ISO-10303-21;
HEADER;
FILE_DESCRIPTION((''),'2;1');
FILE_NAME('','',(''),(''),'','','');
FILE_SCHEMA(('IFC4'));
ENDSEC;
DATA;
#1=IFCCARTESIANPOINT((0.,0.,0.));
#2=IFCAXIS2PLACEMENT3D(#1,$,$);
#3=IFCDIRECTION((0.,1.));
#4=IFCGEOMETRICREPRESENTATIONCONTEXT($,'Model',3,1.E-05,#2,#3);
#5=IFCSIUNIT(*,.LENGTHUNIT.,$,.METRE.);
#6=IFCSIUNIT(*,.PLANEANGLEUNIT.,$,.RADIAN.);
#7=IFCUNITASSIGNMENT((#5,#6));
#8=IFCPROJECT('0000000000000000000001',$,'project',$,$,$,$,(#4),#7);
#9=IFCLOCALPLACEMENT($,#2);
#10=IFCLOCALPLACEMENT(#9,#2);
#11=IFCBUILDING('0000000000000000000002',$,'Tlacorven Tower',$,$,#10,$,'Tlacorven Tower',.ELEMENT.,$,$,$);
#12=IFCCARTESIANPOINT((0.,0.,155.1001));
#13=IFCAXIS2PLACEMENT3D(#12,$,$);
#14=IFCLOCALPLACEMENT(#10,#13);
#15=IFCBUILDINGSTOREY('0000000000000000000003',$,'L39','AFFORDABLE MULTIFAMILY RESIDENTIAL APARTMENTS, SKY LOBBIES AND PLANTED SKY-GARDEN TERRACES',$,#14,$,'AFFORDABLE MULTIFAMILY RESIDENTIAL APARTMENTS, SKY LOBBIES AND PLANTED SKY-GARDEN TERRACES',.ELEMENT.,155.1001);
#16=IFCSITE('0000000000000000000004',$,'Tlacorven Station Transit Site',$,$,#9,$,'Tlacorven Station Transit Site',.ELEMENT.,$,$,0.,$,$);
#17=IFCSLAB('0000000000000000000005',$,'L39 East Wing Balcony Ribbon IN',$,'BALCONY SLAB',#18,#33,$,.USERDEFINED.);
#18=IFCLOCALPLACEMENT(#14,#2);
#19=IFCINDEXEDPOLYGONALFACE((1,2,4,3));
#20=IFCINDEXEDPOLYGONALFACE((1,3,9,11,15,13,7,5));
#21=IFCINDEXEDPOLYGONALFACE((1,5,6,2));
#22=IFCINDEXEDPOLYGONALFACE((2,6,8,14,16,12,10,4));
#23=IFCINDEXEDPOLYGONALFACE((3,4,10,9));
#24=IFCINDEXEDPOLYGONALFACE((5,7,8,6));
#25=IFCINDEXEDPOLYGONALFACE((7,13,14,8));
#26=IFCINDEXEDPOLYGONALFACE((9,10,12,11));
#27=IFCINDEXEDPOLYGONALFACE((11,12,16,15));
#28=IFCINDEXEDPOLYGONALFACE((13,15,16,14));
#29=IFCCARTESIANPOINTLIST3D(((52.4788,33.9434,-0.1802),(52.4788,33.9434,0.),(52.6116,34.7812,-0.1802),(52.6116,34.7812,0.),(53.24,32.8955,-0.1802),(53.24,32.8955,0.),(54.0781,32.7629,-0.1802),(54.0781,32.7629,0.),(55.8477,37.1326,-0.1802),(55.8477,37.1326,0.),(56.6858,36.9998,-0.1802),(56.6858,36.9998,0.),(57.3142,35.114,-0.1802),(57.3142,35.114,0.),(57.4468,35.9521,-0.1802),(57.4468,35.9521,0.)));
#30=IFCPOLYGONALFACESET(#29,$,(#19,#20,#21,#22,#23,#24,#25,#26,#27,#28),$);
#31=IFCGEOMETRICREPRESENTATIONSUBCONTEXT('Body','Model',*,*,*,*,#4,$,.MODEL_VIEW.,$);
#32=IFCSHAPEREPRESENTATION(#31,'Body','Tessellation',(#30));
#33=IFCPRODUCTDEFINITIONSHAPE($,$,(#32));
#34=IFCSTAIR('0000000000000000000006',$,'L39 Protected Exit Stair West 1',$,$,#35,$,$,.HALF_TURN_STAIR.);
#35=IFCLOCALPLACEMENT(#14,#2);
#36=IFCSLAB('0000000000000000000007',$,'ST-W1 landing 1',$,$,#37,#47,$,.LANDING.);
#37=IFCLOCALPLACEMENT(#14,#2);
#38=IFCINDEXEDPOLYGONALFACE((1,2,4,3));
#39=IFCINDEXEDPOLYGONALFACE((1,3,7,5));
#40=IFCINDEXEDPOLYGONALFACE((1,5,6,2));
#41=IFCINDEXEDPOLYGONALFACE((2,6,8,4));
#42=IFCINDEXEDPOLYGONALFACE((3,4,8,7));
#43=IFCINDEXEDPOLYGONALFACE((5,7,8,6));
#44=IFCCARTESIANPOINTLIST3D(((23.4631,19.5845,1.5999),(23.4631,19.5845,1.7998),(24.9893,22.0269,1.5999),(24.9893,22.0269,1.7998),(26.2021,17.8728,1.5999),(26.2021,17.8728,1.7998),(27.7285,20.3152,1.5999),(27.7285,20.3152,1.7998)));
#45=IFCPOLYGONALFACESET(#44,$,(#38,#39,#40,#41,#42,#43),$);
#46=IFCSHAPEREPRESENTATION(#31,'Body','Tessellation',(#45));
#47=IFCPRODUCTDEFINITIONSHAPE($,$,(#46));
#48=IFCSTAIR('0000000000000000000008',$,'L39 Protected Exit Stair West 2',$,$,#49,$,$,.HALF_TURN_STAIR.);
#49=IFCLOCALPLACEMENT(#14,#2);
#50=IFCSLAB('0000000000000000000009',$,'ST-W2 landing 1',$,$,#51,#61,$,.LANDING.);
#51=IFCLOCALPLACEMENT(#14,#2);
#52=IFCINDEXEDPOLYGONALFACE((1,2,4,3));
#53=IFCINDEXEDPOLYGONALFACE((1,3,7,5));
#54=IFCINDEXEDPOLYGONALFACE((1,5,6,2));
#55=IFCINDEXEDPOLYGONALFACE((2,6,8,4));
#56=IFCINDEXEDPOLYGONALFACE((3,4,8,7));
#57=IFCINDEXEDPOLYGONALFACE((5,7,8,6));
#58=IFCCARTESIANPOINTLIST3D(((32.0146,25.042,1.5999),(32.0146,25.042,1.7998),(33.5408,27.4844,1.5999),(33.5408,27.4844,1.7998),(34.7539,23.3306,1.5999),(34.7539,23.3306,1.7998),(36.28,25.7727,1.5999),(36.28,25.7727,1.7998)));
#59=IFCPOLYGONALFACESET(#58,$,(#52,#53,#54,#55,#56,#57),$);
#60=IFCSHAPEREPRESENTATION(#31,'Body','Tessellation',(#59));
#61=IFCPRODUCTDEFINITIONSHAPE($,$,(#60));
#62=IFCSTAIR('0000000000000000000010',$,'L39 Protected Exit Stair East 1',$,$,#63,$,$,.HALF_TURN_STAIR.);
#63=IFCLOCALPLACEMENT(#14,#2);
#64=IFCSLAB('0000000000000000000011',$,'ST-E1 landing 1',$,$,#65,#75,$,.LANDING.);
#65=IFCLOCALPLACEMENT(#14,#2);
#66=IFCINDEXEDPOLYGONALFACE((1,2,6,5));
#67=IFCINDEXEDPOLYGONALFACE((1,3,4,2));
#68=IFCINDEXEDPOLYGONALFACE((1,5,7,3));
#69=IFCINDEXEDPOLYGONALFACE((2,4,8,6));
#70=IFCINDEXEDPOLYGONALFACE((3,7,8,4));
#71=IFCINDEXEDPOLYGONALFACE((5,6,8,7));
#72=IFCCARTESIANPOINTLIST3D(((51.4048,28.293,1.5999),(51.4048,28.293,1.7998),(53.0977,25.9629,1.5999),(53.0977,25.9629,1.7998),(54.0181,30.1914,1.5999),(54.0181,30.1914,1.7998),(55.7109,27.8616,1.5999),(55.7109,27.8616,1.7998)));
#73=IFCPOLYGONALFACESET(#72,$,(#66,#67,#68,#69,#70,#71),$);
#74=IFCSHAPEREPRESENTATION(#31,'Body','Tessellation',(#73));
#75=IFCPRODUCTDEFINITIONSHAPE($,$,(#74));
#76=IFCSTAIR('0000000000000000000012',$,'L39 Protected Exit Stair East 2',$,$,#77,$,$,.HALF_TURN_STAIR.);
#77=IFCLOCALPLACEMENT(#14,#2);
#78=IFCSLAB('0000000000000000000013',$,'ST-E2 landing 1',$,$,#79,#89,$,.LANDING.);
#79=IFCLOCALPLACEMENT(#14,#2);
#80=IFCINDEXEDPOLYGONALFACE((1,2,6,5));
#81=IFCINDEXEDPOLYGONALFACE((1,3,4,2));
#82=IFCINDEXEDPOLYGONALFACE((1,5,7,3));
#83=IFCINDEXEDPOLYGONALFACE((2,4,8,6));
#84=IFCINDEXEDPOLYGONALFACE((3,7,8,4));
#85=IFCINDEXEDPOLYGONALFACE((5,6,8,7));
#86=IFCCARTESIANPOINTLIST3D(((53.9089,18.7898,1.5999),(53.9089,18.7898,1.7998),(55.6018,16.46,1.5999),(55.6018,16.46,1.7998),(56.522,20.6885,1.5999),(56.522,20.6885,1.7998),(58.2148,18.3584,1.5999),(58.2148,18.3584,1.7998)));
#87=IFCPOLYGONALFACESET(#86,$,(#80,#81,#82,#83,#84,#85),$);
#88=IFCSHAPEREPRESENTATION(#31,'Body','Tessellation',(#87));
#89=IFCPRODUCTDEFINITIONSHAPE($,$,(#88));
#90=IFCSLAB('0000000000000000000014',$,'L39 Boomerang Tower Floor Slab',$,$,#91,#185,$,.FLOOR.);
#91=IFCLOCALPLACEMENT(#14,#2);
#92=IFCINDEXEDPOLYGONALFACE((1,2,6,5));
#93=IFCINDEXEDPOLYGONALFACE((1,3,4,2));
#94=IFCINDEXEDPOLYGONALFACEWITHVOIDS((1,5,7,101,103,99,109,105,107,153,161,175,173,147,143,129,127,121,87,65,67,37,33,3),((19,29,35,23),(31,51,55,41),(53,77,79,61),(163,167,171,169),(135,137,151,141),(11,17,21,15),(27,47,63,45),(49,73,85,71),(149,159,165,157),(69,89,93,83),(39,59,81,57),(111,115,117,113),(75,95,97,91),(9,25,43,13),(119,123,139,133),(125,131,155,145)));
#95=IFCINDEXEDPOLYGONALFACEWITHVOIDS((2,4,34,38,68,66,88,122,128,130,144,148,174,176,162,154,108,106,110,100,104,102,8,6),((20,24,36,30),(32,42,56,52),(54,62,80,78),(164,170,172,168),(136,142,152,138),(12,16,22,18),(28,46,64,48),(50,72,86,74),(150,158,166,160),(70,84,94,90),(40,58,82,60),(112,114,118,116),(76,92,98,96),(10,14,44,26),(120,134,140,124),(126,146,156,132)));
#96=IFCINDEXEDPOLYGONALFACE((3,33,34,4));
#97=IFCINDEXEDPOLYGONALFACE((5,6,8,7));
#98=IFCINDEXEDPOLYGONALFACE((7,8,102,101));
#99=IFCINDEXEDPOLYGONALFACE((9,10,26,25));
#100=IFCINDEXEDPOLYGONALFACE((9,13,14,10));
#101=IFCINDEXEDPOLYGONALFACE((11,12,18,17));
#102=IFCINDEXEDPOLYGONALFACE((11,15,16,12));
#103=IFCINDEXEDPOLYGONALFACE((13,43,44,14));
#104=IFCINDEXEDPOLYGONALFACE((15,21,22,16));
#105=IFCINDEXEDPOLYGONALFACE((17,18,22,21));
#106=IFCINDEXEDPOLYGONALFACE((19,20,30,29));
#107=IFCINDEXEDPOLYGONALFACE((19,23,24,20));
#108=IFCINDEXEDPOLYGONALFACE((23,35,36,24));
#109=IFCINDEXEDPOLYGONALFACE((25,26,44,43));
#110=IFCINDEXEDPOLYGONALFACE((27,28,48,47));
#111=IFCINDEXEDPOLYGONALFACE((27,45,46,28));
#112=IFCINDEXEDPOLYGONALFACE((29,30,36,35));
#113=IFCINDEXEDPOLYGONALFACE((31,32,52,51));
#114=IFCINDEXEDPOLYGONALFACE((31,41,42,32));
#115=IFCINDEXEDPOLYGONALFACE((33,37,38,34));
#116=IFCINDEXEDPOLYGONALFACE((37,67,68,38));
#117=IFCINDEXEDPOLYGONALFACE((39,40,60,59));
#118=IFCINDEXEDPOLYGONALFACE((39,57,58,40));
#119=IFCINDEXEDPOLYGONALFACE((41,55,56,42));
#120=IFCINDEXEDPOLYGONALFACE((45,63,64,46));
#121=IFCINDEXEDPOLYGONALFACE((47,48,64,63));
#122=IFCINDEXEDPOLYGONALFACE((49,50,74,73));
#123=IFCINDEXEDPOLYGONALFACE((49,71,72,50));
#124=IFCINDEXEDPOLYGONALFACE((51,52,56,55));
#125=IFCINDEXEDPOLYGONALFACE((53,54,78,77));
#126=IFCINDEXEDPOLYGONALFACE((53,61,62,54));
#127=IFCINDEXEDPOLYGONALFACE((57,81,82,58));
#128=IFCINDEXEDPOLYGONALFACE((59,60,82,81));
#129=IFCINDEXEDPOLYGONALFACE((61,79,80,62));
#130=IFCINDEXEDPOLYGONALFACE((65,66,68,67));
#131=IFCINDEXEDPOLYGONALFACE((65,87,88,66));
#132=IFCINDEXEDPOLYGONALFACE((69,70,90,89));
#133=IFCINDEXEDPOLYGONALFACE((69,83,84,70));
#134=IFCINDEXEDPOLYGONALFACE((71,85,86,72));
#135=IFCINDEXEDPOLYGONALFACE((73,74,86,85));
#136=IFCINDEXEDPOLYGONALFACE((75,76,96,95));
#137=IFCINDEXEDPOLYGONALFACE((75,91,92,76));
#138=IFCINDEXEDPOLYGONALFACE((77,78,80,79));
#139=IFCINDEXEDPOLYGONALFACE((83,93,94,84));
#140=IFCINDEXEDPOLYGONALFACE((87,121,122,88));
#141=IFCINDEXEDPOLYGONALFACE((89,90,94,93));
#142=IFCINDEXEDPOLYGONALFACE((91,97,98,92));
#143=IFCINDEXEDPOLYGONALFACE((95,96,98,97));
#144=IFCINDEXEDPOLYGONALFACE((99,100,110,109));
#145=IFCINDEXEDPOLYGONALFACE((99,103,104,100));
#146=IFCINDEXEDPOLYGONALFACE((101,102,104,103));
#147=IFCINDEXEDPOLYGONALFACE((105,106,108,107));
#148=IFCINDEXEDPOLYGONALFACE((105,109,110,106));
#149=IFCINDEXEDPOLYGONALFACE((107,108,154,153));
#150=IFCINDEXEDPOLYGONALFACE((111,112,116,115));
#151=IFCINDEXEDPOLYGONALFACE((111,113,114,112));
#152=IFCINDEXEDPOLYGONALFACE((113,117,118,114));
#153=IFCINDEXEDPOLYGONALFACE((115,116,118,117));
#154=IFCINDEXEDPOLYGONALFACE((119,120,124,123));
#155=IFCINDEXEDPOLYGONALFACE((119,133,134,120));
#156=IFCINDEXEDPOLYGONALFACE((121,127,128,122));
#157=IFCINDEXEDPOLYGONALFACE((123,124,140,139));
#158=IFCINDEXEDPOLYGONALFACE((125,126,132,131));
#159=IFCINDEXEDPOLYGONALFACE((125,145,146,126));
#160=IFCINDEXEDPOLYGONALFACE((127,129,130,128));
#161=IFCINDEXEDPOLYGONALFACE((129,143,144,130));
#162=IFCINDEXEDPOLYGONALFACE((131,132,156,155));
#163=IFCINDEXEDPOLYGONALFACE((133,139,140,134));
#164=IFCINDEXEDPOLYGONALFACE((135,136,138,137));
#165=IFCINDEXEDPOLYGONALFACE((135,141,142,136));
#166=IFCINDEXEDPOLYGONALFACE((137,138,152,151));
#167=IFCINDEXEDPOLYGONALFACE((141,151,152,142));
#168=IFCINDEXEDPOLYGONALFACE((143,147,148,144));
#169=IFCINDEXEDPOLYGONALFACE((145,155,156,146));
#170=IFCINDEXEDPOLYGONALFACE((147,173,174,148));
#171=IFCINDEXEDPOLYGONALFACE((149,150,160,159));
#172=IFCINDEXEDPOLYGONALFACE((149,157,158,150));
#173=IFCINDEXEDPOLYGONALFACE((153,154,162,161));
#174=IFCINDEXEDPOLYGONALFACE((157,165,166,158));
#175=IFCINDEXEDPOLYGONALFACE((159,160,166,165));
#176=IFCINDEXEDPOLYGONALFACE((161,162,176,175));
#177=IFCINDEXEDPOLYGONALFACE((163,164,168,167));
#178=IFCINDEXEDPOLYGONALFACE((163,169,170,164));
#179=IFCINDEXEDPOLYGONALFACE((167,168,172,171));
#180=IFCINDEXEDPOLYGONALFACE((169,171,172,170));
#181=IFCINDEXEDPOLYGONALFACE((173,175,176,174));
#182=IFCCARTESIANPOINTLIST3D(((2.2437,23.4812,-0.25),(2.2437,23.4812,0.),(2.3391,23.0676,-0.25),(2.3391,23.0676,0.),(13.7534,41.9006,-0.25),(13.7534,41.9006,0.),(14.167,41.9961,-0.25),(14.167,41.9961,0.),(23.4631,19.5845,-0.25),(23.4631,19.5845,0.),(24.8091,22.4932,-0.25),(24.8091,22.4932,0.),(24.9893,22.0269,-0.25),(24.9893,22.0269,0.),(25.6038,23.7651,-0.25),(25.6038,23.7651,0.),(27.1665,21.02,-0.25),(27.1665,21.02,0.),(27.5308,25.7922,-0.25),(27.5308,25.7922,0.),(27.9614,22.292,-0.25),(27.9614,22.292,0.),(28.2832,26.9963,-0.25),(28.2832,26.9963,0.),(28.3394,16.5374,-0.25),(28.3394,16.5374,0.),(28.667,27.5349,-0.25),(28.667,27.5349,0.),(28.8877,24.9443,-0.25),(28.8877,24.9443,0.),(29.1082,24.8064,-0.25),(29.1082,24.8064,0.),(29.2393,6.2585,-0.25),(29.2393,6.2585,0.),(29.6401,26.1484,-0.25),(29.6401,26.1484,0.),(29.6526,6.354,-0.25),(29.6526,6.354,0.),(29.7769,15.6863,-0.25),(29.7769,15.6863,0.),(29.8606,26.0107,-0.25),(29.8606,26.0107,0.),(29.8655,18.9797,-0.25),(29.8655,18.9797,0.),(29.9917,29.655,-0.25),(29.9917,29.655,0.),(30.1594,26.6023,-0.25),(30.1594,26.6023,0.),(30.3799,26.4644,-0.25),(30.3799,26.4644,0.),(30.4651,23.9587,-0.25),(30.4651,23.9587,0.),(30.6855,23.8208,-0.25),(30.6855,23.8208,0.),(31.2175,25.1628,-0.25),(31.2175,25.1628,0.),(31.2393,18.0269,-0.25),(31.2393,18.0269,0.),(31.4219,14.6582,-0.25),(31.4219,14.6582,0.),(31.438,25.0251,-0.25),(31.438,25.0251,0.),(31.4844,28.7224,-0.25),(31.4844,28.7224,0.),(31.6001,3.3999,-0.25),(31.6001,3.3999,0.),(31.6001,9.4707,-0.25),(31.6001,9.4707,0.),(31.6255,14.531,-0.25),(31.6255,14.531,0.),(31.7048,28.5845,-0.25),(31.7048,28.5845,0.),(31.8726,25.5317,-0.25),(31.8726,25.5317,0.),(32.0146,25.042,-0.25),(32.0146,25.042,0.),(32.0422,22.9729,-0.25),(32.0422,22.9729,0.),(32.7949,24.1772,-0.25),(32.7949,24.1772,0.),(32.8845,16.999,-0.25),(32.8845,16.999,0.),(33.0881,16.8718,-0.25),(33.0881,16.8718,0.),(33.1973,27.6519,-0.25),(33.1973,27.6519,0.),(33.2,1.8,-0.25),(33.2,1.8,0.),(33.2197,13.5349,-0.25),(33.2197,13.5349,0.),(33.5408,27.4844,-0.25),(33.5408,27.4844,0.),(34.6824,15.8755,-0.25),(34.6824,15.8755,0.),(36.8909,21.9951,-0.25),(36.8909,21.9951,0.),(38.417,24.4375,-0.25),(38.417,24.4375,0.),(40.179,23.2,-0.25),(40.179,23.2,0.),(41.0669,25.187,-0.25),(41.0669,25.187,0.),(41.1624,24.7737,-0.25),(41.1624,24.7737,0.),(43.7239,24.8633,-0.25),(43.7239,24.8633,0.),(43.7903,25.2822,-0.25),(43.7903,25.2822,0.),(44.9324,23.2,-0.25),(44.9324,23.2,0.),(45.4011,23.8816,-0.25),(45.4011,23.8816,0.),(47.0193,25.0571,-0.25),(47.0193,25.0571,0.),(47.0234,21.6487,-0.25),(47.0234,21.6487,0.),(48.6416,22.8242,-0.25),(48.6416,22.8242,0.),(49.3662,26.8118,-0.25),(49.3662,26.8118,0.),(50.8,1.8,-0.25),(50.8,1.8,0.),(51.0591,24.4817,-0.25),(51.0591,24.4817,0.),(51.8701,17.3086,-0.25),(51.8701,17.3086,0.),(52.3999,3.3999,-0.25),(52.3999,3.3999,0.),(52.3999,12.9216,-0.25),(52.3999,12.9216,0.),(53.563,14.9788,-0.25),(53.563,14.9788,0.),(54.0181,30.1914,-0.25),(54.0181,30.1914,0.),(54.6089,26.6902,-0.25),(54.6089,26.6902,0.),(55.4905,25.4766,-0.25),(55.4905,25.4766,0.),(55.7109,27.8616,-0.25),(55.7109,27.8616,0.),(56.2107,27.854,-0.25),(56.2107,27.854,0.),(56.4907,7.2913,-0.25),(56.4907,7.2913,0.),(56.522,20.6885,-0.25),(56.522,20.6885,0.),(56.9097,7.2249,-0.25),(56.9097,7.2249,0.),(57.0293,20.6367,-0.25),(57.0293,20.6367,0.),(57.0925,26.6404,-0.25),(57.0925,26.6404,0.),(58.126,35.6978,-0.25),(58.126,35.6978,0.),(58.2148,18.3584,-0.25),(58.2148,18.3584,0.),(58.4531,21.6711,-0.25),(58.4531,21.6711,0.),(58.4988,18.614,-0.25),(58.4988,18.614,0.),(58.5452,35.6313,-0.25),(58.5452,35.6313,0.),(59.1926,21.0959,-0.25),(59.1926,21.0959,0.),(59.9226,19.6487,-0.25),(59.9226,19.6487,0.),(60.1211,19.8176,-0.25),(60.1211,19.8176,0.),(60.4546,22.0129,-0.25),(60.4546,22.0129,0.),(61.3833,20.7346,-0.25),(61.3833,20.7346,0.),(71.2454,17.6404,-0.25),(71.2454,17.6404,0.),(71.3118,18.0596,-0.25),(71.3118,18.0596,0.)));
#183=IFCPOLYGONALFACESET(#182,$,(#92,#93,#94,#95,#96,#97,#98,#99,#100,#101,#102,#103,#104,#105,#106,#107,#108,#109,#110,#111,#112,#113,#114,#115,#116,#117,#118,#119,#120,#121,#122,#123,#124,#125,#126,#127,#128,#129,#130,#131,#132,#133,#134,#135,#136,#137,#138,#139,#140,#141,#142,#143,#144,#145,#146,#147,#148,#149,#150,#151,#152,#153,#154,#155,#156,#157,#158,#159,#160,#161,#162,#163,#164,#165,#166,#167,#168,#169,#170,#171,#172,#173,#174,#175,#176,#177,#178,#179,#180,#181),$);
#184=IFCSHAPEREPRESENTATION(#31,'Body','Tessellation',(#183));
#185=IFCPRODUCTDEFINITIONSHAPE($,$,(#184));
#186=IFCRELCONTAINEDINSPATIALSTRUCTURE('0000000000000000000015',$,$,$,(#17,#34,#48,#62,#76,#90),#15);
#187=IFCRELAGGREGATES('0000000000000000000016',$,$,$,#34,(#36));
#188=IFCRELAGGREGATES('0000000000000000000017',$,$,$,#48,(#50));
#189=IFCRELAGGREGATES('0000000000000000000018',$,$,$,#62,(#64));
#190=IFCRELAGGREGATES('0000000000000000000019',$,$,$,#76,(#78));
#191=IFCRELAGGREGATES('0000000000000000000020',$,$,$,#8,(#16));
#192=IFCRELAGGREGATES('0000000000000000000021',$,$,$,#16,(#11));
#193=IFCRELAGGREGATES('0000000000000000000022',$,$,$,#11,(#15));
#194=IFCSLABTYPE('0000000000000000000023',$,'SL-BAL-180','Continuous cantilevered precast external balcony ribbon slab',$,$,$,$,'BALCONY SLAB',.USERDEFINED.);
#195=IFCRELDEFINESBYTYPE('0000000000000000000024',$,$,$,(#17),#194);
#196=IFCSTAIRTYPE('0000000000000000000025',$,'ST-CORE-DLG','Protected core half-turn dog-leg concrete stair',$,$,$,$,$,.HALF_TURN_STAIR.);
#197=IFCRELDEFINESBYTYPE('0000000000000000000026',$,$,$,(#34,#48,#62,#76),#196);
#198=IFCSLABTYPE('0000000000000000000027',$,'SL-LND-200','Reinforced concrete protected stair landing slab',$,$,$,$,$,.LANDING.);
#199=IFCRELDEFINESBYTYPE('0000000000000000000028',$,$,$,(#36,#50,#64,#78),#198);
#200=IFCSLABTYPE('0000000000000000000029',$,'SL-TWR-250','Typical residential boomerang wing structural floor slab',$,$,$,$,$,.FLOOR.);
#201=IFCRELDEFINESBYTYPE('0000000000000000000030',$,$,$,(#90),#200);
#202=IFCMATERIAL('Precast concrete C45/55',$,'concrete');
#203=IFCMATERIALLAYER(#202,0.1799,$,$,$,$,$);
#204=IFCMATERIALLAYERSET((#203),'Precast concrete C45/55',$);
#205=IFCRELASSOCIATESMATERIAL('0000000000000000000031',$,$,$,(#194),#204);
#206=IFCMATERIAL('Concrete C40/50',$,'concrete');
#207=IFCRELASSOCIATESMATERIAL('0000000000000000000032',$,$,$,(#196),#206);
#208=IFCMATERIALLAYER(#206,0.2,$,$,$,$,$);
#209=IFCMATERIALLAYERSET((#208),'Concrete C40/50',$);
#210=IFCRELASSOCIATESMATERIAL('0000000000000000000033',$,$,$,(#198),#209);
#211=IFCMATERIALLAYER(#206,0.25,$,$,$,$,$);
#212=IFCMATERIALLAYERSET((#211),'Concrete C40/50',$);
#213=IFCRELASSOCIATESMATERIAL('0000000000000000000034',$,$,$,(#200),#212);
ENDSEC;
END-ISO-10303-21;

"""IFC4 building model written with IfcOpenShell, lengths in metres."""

from ifc_helpers import new_model, si_unit, direction, frame, origin, place, context, subcontext, project, spatial, polyline, outline, extrude, material, layer, layer_set, type_object, element, aggregate, save


model = new_model("IFC4")

# Units and contexts
model_context = context("Model", 3, precision=1e-05, world=origin(), true_north=direction((0.0, 1.0)))
body_context = subcontext(model_context, "Body", "Model", "MODEL_VIEW")
ifc_project = project(units=[si_unit("LENGTHUNIT", "METRE"), si_unit("PLANEANGLEUNIT", "RADIAN")], contexts=[model_context])

# Site, building, storey
site_placement = place(None, origin())
site = spatial("IfcSite", under=ifc_project, at=site_placement, Name="Tlacorven Station Transit Site", LongName="Tlacorven Station Transit Site", CompositionType="ELEMENT", RefElevation=0.0)
building_placement = place(site_placement, origin())
building = spatial("IfcBuilding", under=site, at=building_placement, Name="Tlacorven Tower", LongName="Tlacorven Tower", CompositionType="ELEMENT")
storey_placement = place(building_placement, frame((0.0, 0.0, 155.1001)))
storey = spatial("IfcBuildingStorey", under=building, at=storey_placement, Name="L39", Description="AFFORDABLE MULTIFAMILY RESIDENTIAL APARTMENTS, SKY LOBBIES AND PLANTED SKY-GARDEN TERRACES", LongName="AFFORDABLE MULTIFAMILY RESIDENTIAL APARTMENTS, SKY LOBBIES AND PLANTED SKY-GARDEN TERRACES", CompositionType="ELEMENT", Elevation=155.1001)

# Slab
ifc_material_1 = material(Name="Precast concrete C45/55", Category="concrete")
ifc_layer_1 = layer(ifc_material_1, 0.1799)
ifc_layer_set_1 = layer_set([ifc_layer_1], Name="Precast concrete C45/55")
slab_type_1 = type_object("IfcSlabType", Name="SL-BAL-180", Description="Continuous cantilevered precast external balcony ribbon slab", ElementType="BALCONY SLAB", PredefinedType="USERDEFINED", material=ifc_layer_set_1)
slab_1_placement = place(storey_placement, frame((0.0, 0.0, -0.1802)))
element("IfcSlab", 1, at=slab_1_placement, inside=storey, type_object=slab_type_1, Name="L39 East Wing Balcony Ribbon IN", ObjectType="BALCONY SLAB", PredefinedType="USERDEFINED", context=body_context, shape_type="SweptSolid", body=[
    extrude(outline(polyline([(54.0781, 32.7629), (57.3142, 35.114), (57.4468, 35.9521), (56.6858, 36.9998), (55.8477, 37.1326), (52.6116, 34.7812), (52.4788, 33.9434), (53.24, 32.8955), (54.0781, 32.7629)])), origin(), (0.0, 0.0, 1.0), 0.1802),
])

# Stairs, slabs
ifc_material_2 = material(Name="Concrete C40/50", Category="concrete")
stair_type = type_object("IfcStairType", Name="ST-CORE-DLG", Description="Protected core half-turn dog-leg concrete stair", PredefinedType="HALF_TURN_STAIR", material=ifc_material_2)
stair_1_placement = place(storey_placement, origin())
stair_1 = element("IfcStair", 2, at=stair_1_placement, inside=storey, type_object=stair_type, Name="L39 Protected Exit Stair West 1", PredefinedType="HALF_TURN_STAIR")
ifc_layer_2 = layer(ifc_material_2, 0.2)
ifc_layer_set_2 = layer_set([ifc_layer_2], Name="Concrete C40/50")
slab_type_2 = type_object("IfcSlabType", Name="SL-LND-200", Description="Reinforced concrete protected stair landing slab", PredefinedType="LANDING", material=ifc_layer_set_2)
slab_2_placement = place(storey_placement, frame((0.0, 0.0, 1.5999)))
slab_2 = element("IfcSlab", 3, at=slab_2_placement, type_object=slab_type_2, Name="ST-W1 landing 1", PredefinedType="LANDING", context=body_context, shape_type="SweptSolid", body=[
    extrude(outline(polyline([(27.7285, 20.3152), (24.9893, 22.0269), (23.4631, 19.5845), (26.2021, 17.8728), (27.7285, 20.3152)])), origin(), (0.0, 0.0, 1.0), 0.2),
])
aggregate(stair_1, [slab_2])
stair_2_placement = place(storey_placement, origin())
stair_2 = element("IfcStair", 4, at=stair_2_placement, inside=storey, type_object=stair_type, Name="L39 Protected Exit Stair West 2", PredefinedType="HALF_TURN_STAIR")
slab_3_placement = place(storey_placement, frame((0.0, 0.0, 1.5999)))
slab_3 = element("IfcSlab", 5, at=slab_3_placement, type_object=slab_type_2, Name="ST-W2 landing 1", PredefinedType="LANDING", context=body_context, shape_type="SweptSolid", body=[
    extrude(outline(polyline([(36.28, 25.7727), (33.5408, 27.4844), (32.0146, 25.042), (34.7539, 23.3306), (36.28, 25.7727)])), origin(), (0.0, 0.0, 1.0), 0.2),
])
aggregate(stair_2, [slab_3])
stair_3_placement = place(storey_placement, origin())
stair_3 = element("IfcStair", 6, at=stair_3_placement, inside=storey, type_object=stair_type, Name="L39 Protected Exit Stair East 1", PredefinedType="HALF_TURN_STAIR")
slab_4_placement = place(storey_placement, frame((0.0, 0.0, 1.5999)))
slab_4 = element("IfcSlab", 7, at=slab_4_placement, type_object=slab_type_2, Name="ST-E1 landing 1", PredefinedType="LANDING", context=body_context, shape_type="SweptSolid", body=[
    extrude(outline(polyline([(53.0977, 25.9629), (55.7109, 27.8616), (54.0181, 30.1914), (51.4048, 28.293), (53.0977, 25.9629)])), origin(), (0.0, 0.0, 1.0), 0.2),
])
aggregate(stair_3, [slab_4])
stair_4_placement = place(storey_placement, origin())
stair_4 = element("IfcStair", 8, at=stair_4_placement, inside=storey, type_object=stair_type, Name="L39 Protected Exit Stair East 2", PredefinedType="HALF_TURN_STAIR")
slab_5_placement = place(storey_placement, frame((0.0, 0.0, 1.5999)))
slab_5 = element("IfcSlab", 9, at=slab_5_placement, type_object=slab_type_2, Name="ST-E2 landing 1", PredefinedType="LANDING", context=body_context, shape_type="SweptSolid", body=[
    extrude(outline(polyline([(55.6018, 16.46), (58.2148, 18.3584), (56.522, 20.6885), (53.9089, 18.7898), (55.6018, 16.46)])), origin(), (0.0, 0.0, 1.0), 0.2),
])
aggregate(stair_4, [slab_5])

# Slab
ifc_layer_3 = layer(ifc_material_2, 0.25)
ifc_layer_set_3 = layer_set([ifc_layer_3], Name="Concrete C40/50")
slab_type_3 = type_object("IfcSlabType", Name="SL-TWR-250", Description="Typical residential boomerang wing structural floor slab", PredefinedType="FLOOR", material=ifc_layer_set_3)
slab_6_placement = place(storey_placement, frame((0.0, 0.0, -0.25)))
element("IfcSlab", 10, at=slab_6_placement, inside=storey, type_object=slab_type_3, Name="L39 Boomerang Tower Floor Slab", PredefinedType="FLOOR", context=body_context, shape_type="SweptSolid", body=[
    extrude(outline(polyline([(52.3999, 3.3999), (50.8, 1.8), (33.2, 1.8), (31.6001, 3.3999), (31.6001, 9.4707), (29.6526, 6.354), (29.2393, 6.2585), (2.3391, 23.0676), (2.2437, 23.4812), (13.7534, 41.9006), (14.167, 41.9961), (41.0669, 25.187), (41.1624, 24.7737), (40.179, 23.2), (44.9324, 23.2), (43.7239, 24.8633), (43.7903, 25.2822), (58.126, 35.6978), (58.5452, 35.6313), (71.3118, 18.0596), (71.2454, 17.6404), (56.9097, 7.2249), (56.4907, 7.2913), (52.3999, 12.9216), (52.3999, 3.3999)]), holes=[polyline([(29.8655, 18.9797), (24.9893, 22.0269), (23.4631, 19.5845), (28.3394, 16.5374), (29.8655, 18.9797)]), polyline([(38.417, 24.4375), (33.5408, 27.4844), (32.0146, 25.042), (36.8909, 21.9951), (38.417, 24.4375)]), polyline([(51.0591, 24.4817), (55.7109, 27.8616), (54.0181, 30.1914), (49.3662, 26.8118), (51.0591, 24.4817)]), polyline([(53.563, 14.9788), (58.2148, 18.3584), (56.522, 20.6885), (51.8701, 17.3086), (53.563, 14.9788)]), polyline([(34.6824, 15.8755), (33.0881, 16.8718), (31.6255, 14.531), (33.2197, 13.5349), (34.6824, 15.8755)]), polyline([(32.8845, 16.999), (31.2393, 18.0269), (29.7769, 15.6863), (31.4219, 14.6582), (32.8845, 16.999)]), polyline([(47.0234, 21.6487), (48.6416, 22.8242), (47.0193, 25.0571), (45.4011, 23.8816), (47.0234, 21.6487)]), polyline([(33.1973, 27.6519), (31.7048, 28.5845), (30.3799, 26.4644), (31.8726, 25.5317), (33.1973, 27.6519)]), polyline([(31.4844, 28.7224), (29.9917, 29.655), (28.667, 27.5349), (30.1594, 26.6023), (31.4844, 28.7224)]), polyline([(32.7949, 24.1772), (31.438, 25.0251), (30.6855, 23.8208), (32.0422, 22.9729), (32.7949, 24.1772)]), polyline([(31.2175, 25.1628), (29.8606, 26.0107), (29.1082, 24.8064), (30.4651, 23.9587), (31.2175, 25.1628)]), polyline([(29.6401, 26.1484), (28.2832, 26.9963), (27.5308, 25.7922), (28.8877, 24.9443), (29.6401, 26.1484)]), polyline([(58.4988, 18.614), (59.9226, 19.6487), (58.4531, 21.6711), (57.0293, 20.6367), (58.4988, 18.614)]), polyline([(27.9614, 22.292), (25.6038, 23.7651), (24.8091, 22.4932), (27.1665, 21.02), (27.9614, 22.292)]), polyline([(55.4905, 25.4766), (57.0925, 26.6404), (56.2107, 27.854), (54.6089, 26.6902), (55.4905, 25.4766)]), polyline([(60.1211, 19.8176), (61.3833, 20.7346), (60.4546, 22.0129), (59.1926, 21.0959), (60.1211, 19.8176)])]), origin(), (0.0, 0.0, 1.0), 0.25),
])

save(model, "model.ifc")
